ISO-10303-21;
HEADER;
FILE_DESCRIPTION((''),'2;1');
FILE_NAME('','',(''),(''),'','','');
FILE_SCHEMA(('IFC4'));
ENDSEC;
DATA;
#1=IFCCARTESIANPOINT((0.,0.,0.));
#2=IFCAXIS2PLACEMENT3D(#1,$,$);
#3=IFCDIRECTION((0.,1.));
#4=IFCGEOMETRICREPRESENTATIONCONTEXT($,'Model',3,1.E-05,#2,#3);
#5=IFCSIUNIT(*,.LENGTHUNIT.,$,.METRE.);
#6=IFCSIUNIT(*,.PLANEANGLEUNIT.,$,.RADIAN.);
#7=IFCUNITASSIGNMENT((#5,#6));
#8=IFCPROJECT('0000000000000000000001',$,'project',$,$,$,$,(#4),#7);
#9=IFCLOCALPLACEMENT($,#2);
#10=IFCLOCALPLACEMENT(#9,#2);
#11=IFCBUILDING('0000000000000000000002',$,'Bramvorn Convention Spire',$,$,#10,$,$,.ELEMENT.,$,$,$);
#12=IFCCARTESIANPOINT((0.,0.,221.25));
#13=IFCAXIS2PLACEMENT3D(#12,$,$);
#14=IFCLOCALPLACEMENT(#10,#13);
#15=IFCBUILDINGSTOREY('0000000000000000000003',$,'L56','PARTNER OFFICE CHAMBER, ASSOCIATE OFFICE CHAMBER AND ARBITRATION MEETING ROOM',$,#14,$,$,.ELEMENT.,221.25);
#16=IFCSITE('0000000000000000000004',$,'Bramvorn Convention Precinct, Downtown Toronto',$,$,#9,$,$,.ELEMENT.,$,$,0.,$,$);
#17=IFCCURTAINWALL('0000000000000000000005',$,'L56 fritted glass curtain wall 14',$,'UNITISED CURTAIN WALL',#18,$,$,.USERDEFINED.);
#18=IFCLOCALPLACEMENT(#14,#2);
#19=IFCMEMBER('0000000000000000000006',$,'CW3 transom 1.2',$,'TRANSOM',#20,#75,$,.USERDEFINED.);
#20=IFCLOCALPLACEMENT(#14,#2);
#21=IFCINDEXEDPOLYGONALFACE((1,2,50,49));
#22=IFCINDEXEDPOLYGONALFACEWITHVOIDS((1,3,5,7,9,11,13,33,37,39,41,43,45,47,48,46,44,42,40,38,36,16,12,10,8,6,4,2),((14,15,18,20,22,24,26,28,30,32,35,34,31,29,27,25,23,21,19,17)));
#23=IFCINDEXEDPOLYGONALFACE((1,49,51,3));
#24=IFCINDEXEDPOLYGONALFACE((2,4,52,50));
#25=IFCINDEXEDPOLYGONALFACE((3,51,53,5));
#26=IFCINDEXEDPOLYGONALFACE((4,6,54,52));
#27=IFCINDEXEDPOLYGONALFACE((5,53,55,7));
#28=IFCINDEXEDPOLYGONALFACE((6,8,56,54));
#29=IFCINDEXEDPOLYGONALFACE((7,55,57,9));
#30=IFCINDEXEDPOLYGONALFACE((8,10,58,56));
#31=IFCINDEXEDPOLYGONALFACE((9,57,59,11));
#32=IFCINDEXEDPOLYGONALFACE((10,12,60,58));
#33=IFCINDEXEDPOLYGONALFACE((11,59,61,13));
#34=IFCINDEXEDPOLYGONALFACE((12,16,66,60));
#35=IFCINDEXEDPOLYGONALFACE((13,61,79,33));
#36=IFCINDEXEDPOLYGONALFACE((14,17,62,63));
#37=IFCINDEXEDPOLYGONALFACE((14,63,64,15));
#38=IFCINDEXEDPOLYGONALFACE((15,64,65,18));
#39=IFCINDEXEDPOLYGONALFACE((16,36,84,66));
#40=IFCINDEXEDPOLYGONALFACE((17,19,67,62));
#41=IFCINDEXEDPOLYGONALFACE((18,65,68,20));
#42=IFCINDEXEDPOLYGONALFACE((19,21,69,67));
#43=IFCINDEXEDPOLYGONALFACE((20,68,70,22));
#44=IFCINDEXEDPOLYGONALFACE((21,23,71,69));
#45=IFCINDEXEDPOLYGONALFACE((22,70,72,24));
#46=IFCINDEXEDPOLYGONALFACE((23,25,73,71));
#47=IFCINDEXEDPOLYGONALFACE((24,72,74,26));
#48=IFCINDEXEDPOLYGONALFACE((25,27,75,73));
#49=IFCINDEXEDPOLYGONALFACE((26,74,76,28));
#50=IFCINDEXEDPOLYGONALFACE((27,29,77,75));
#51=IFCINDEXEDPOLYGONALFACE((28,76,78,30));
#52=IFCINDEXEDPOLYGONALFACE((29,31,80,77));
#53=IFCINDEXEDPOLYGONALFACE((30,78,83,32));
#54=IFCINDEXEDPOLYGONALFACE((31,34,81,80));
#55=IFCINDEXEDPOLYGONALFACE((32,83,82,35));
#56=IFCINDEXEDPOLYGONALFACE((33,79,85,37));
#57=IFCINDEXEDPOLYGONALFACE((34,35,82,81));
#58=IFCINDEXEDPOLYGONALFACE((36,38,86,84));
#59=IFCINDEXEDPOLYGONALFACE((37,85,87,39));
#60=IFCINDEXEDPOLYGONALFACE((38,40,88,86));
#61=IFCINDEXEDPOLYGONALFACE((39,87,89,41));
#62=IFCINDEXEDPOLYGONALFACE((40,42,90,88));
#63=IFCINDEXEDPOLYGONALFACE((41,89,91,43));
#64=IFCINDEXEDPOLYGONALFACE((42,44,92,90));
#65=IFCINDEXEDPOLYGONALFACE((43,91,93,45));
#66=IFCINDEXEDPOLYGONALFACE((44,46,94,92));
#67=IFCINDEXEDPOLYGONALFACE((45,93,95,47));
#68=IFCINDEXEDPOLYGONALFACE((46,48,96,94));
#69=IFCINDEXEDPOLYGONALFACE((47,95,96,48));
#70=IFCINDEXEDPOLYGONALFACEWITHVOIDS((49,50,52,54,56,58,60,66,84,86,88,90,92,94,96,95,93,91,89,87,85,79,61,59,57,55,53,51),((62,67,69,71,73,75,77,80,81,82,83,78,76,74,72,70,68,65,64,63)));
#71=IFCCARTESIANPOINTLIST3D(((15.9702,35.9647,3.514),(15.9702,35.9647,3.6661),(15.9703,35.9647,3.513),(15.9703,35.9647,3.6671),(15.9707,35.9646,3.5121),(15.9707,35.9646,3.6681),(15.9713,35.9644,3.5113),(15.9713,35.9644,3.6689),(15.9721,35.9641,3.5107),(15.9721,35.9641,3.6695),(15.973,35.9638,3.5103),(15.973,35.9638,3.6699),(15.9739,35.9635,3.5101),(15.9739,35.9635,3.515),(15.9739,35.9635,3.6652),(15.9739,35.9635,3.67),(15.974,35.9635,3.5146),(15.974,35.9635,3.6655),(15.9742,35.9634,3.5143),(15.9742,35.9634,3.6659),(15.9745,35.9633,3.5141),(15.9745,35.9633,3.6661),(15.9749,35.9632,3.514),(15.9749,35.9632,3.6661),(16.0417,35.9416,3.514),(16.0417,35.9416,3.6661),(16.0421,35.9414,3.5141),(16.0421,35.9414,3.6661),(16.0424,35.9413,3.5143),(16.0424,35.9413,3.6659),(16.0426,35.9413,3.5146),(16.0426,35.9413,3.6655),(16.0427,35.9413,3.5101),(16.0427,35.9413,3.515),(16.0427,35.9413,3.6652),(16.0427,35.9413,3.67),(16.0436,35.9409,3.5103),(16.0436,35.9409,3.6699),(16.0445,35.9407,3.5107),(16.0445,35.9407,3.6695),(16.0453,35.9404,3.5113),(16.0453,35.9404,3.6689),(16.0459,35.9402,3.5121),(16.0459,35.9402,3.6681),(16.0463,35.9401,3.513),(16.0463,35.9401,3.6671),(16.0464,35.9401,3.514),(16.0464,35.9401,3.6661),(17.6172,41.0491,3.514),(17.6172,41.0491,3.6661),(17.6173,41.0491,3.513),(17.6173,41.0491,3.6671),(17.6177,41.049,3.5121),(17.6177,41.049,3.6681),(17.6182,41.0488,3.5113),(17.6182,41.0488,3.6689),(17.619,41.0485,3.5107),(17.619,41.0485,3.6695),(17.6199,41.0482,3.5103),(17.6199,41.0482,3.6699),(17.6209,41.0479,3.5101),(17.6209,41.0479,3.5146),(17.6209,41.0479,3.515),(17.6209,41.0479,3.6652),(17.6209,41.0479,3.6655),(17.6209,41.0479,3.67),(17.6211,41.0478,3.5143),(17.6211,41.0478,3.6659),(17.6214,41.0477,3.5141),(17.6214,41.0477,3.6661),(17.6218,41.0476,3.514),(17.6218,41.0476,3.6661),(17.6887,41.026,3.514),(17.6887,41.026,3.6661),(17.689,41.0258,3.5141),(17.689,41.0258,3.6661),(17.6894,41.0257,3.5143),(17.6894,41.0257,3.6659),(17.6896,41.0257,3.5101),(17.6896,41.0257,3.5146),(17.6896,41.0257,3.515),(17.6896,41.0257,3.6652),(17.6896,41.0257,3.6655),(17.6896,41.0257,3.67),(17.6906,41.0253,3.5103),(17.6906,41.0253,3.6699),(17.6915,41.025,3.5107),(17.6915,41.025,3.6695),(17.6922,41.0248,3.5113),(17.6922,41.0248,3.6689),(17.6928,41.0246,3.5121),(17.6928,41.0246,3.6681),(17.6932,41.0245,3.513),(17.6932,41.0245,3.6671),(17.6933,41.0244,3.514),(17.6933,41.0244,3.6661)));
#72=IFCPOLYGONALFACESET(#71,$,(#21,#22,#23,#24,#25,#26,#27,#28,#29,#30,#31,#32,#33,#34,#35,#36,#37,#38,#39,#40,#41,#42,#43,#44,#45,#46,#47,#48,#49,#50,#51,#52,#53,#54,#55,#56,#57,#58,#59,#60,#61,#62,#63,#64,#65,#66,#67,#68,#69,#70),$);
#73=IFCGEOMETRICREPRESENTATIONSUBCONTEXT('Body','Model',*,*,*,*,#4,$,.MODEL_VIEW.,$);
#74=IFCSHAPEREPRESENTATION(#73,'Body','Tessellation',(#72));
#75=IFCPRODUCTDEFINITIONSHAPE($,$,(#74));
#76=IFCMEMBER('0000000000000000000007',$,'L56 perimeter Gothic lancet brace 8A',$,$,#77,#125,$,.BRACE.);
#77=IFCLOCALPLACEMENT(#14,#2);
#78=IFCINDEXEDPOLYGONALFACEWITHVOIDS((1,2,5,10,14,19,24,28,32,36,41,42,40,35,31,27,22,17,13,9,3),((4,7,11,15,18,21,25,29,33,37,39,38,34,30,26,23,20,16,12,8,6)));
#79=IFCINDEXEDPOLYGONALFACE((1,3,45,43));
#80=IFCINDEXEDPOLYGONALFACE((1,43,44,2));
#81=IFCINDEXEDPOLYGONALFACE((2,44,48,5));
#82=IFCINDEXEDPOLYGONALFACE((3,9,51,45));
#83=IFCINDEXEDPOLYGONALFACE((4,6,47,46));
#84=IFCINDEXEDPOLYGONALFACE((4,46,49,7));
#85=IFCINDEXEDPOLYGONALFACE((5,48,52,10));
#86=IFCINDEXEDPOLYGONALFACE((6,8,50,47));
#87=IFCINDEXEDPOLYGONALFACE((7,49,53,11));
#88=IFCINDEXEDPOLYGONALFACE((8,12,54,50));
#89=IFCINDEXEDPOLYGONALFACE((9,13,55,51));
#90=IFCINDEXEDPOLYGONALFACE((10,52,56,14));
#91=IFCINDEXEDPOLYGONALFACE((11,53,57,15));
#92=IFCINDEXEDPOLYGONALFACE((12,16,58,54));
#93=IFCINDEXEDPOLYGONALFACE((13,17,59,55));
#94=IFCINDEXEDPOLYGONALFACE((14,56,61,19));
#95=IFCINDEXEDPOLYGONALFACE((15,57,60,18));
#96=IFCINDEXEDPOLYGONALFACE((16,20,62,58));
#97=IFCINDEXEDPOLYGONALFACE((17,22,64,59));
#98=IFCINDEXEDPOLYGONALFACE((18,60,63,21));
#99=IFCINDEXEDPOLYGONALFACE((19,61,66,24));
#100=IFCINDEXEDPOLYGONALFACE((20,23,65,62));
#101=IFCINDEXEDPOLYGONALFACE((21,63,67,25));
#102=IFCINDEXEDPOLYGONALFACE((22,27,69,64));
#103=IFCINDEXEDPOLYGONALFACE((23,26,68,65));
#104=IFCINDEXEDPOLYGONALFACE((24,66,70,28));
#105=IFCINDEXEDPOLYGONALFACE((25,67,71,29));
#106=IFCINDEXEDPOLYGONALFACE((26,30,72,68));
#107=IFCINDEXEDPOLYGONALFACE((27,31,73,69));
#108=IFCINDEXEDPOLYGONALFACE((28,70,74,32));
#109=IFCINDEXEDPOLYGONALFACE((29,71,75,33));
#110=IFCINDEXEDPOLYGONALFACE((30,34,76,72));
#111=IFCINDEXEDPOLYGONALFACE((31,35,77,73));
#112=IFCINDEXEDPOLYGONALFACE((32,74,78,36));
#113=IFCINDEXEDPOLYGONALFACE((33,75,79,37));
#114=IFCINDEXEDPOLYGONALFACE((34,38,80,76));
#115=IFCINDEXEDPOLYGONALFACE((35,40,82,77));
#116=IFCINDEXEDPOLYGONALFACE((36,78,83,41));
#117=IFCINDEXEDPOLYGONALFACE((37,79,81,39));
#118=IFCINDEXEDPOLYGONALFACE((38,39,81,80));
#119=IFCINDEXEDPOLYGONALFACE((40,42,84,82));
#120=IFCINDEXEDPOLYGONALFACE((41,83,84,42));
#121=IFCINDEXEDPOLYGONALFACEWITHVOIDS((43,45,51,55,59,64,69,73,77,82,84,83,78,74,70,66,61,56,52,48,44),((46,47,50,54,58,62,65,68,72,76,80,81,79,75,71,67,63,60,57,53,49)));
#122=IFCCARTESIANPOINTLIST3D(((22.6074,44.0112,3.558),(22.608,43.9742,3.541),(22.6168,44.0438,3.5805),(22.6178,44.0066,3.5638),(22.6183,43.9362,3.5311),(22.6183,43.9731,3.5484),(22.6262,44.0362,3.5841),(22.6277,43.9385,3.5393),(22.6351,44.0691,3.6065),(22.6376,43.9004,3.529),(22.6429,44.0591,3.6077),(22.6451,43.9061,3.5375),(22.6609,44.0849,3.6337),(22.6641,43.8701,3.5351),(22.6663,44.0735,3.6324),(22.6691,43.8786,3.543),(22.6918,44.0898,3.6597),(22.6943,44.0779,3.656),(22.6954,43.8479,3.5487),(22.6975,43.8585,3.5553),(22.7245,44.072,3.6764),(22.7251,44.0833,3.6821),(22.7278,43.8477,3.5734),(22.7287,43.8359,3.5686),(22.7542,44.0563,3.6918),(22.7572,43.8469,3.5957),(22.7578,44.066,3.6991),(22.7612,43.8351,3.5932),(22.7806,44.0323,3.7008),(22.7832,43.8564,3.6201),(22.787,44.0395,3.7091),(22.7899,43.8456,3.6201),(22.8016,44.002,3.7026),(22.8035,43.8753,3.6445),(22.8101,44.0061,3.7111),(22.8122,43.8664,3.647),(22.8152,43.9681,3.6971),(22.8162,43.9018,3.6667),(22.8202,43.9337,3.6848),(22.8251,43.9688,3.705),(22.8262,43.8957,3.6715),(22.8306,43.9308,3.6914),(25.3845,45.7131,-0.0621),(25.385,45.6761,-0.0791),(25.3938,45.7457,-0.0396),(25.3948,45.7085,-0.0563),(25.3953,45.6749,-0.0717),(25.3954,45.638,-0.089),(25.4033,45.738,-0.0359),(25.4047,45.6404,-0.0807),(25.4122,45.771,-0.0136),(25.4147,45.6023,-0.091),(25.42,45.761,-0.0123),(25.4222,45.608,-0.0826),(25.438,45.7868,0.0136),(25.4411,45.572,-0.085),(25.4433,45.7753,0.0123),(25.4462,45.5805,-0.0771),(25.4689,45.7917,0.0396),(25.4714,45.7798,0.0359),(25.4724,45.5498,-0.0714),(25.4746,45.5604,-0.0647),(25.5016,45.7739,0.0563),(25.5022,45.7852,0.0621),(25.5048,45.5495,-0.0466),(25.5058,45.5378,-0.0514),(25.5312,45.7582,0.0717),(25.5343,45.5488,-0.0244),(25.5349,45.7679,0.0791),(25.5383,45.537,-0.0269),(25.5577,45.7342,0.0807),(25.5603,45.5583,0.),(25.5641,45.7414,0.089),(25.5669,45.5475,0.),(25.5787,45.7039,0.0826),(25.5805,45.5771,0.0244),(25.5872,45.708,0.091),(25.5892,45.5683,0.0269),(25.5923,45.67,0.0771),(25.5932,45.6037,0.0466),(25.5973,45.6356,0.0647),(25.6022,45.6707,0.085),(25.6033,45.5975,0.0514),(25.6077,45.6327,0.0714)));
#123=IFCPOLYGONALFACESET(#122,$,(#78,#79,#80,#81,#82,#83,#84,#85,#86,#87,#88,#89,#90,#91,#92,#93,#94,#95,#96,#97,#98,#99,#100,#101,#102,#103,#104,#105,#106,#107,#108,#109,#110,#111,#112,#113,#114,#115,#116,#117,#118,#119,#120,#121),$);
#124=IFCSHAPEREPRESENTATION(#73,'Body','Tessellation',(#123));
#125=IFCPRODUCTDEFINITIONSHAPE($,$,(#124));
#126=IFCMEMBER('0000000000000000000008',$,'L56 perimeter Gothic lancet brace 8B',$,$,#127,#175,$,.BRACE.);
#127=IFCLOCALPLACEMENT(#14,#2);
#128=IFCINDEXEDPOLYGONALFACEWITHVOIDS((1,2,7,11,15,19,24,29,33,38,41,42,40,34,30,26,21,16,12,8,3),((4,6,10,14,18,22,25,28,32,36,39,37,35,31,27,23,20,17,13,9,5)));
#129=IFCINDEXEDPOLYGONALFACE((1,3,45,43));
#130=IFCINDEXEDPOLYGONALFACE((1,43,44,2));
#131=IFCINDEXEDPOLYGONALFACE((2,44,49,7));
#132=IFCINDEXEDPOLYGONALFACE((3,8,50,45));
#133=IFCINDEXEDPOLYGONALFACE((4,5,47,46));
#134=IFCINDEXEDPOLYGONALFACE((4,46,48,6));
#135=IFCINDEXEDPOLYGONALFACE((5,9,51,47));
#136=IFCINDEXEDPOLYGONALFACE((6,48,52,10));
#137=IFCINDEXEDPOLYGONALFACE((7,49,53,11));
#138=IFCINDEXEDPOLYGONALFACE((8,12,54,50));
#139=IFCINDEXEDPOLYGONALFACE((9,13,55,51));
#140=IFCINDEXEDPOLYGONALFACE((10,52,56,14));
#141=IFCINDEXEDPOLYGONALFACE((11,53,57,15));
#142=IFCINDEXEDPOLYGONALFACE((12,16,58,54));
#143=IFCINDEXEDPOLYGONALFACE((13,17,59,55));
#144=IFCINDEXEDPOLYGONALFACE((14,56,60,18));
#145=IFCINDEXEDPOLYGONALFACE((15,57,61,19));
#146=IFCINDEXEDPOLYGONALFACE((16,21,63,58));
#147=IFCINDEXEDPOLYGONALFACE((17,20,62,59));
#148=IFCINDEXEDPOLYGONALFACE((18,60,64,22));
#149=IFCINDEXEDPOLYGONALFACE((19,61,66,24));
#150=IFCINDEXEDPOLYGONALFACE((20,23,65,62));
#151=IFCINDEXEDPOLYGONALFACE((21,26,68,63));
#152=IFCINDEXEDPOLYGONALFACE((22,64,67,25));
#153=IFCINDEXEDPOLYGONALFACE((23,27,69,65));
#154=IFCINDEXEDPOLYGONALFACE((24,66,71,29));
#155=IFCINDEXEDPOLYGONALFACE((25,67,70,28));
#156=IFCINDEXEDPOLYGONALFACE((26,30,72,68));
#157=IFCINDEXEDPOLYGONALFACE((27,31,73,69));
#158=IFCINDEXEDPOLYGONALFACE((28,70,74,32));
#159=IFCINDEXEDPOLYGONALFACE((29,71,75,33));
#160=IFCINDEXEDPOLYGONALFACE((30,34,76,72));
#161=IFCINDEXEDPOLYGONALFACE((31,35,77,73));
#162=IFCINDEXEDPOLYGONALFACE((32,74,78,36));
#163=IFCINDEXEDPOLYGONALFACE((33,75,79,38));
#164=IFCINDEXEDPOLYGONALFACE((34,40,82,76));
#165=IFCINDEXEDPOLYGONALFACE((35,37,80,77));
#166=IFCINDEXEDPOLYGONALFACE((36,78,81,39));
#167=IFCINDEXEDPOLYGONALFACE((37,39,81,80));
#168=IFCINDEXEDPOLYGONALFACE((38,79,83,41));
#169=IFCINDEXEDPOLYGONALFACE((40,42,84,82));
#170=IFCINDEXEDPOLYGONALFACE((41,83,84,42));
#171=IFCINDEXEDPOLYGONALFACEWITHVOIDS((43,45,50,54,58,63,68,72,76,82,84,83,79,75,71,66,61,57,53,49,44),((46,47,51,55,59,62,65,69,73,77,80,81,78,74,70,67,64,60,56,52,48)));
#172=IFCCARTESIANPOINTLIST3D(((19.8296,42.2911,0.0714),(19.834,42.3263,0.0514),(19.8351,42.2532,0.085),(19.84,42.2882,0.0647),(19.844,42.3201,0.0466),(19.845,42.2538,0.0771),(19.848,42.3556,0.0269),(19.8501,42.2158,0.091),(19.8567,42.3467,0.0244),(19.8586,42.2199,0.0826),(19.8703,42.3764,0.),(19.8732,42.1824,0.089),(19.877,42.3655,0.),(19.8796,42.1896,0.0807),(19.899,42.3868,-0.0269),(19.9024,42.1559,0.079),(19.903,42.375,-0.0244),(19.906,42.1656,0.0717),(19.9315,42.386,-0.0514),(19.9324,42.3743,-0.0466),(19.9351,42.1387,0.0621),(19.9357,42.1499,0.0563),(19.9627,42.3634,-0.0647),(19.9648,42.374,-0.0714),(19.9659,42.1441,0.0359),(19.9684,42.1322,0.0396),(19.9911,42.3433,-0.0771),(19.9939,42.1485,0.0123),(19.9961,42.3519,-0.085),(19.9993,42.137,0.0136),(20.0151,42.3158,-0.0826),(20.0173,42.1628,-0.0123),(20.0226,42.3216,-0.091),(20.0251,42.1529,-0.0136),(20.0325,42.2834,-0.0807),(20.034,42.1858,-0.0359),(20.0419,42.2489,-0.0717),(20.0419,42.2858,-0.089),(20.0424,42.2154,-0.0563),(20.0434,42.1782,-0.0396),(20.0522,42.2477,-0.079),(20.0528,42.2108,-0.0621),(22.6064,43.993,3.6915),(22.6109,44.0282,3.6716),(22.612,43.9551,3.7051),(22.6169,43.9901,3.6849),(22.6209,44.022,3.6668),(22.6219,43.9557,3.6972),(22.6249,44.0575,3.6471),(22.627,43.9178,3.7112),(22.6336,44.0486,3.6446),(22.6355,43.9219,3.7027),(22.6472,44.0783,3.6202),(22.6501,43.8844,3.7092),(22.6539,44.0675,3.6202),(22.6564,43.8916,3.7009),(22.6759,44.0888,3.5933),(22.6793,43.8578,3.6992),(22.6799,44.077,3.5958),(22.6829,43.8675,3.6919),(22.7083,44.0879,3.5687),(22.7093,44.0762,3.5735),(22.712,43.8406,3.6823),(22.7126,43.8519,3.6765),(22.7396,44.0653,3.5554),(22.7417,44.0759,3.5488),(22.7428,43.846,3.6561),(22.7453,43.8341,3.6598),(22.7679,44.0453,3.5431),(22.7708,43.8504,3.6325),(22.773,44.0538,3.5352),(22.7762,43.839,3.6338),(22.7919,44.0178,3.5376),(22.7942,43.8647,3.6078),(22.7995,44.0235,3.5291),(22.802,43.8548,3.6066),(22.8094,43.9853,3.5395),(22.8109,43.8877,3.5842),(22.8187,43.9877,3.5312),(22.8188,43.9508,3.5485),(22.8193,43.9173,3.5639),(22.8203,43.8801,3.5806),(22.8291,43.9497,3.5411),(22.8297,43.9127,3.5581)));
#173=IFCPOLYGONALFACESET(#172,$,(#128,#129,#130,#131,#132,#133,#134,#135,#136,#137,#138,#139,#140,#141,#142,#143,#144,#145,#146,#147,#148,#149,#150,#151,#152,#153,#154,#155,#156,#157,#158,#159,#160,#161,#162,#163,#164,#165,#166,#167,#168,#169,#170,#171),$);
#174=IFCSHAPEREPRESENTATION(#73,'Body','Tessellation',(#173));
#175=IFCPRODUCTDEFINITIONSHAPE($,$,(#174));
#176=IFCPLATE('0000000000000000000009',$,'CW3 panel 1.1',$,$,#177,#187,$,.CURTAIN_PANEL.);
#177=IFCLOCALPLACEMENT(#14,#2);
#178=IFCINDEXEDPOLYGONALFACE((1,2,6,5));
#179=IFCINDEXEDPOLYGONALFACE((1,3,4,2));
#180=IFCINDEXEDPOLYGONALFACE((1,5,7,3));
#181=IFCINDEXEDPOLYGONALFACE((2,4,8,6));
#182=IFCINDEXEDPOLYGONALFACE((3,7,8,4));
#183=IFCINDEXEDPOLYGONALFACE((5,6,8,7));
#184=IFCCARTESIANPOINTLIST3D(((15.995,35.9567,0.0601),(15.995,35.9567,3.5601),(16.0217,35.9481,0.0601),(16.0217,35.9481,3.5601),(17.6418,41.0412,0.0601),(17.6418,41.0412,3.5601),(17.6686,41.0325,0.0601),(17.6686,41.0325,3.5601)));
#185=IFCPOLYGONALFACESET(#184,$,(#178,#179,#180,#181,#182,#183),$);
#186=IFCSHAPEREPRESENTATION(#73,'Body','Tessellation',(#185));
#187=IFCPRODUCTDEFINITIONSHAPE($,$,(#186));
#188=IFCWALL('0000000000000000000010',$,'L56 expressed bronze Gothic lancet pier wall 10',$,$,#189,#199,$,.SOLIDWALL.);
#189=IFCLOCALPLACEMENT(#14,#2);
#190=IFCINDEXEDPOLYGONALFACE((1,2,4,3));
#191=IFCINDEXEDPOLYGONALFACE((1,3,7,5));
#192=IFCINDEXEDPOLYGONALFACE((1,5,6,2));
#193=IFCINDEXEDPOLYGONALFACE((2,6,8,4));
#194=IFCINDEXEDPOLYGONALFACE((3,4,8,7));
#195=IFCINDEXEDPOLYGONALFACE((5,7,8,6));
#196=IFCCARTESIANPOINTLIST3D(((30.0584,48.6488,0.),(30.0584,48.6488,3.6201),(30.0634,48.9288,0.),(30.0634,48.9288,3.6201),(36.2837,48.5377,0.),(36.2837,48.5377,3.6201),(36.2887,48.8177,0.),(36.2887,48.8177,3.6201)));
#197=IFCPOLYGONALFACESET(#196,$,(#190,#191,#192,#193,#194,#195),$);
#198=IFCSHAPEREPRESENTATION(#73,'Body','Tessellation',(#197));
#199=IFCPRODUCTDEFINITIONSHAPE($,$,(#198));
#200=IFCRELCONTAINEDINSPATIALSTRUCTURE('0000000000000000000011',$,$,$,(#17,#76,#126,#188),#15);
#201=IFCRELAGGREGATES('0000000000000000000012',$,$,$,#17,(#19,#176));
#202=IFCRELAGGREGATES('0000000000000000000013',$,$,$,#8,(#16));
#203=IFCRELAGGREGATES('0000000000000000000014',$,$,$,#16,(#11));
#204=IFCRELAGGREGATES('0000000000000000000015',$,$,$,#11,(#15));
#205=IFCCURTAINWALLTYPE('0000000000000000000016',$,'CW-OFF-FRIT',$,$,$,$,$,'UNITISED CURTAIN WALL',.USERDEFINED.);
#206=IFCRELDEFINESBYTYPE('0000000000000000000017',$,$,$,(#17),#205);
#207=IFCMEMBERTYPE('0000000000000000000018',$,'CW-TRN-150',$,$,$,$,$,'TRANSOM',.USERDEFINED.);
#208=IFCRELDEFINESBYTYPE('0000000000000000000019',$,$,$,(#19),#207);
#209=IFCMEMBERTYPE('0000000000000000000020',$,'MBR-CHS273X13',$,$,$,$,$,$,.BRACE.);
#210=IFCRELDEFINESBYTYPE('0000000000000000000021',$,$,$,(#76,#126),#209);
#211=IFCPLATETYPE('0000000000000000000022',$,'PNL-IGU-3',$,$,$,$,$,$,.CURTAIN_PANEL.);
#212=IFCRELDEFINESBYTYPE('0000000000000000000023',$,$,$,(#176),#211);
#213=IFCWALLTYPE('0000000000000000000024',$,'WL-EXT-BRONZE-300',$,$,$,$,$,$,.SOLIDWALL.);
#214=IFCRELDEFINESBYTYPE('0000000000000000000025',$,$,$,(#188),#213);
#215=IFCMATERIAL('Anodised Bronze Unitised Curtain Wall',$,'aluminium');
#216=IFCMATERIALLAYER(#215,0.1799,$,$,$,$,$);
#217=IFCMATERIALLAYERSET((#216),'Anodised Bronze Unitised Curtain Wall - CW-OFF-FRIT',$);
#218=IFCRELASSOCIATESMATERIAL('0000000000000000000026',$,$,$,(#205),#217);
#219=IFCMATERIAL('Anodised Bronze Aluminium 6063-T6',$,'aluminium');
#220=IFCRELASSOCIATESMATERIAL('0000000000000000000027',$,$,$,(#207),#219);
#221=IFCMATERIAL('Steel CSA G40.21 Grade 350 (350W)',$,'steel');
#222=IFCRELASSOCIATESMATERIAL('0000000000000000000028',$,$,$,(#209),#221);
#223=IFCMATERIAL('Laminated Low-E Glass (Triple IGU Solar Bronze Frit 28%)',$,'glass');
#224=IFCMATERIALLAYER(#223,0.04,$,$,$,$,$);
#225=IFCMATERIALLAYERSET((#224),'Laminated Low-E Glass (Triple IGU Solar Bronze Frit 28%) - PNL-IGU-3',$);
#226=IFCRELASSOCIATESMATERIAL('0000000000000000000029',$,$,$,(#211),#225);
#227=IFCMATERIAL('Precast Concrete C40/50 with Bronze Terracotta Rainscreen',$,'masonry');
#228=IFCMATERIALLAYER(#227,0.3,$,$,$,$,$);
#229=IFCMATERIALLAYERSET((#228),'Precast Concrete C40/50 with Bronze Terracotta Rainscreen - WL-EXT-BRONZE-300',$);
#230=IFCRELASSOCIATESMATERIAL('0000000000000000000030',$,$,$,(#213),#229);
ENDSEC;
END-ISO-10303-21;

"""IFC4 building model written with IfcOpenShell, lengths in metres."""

from ifc_helpers import new_model, si_unit, direction, frame, frame_2d, origin, origin_2d, place, context, subcontext, project, spatial, rectangle, hollow_rectangle, hollow_circle, extrude, material, layer, layer_set, material_profile, profile_set, type_object, element, aggregate, save


model = new_model("IFC4")

# Units and contexts
model_context = context("Model", 3, precision=1e-05, world=origin(), true_north=direction((0.0, 1.0)))
body_context = subcontext(model_context, "Body", "Model", "MODEL_VIEW")
ifc_project = project(units=[si_unit("LENGTHUNIT", "METRE"), si_unit("PLANEANGLEUNIT", "RADIAN")], contexts=[model_context])

# Site, building, storey
site_placement = place(None, origin())
site = spatial("IfcSite", under=ifc_project, at=site_placement, Name="Bramvorn Convention Precinct, Downtown Toronto", CompositionType="ELEMENT", RefElevation=0.0)
building_placement = place(site_placement, origin())
building = spatial("IfcBuilding", under=site, at=building_placement, Name="Bramvorn Convention Spire", CompositionType="ELEMENT")
storey_placement = place(building_placement, frame((0.0, 0.0, 221.25)))
storey = spatial("IfcBuildingStorey", under=building, at=storey_placement, Name="L56", Description="PARTNER OFFICE CHAMBER, ASSOCIATE OFFICE CHAMBER AND ARBITRATION MEETING ROOM", CompositionType="ELEMENT", Elevation=221.25)

# Shared definitions
ifc_material_1 = material(Name="Steel CSA G40.21 Grade 350 (350W)", Category="steel")

# Curtain wall
ifc_material_2 = material(Name="Anodised Bronze Unitised Curtain Wall", Category="aluminium")
ifc_layer_1 = layer(ifc_material_2, 0.1799)
ifc_layer_set_1 = layer_set([ifc_layer_1], Name="Anodised Bronze Unitised Curtain Wall - CW-OFF-FRIT")
curtain_wall_type = type_object("IfcCurtainWallType", Name="CW-OFF-FRIT", ElementType="UNITISED CURTAIN WALL", PredefinedType="USERDEFINED", material=ifc_layer_set_1)
curtain_wall_1_placement = place(storey_placement, origin())
curtain_wall_1 = element("IfcCurtainWall", 1, at=curtain_wall_1_placement, inside=storey, type_object=curtain_wall_type, Name="L56 fritted glass curtain wall 14", ObjectType="UNITISED CURTAIN WALL", PredefinedType="USERDEFINED")
ifc_material_3 = material(Name="Anodised Bronze Aluminium 6063-T6", Category="aluminium")

# Member
ifc_material_profile_1 = material_profile(ifc_material_3, hollow_rectangle(XDim=0.0801, YDim=0.1599, WallThickness=0.0039, InnerFilletRadius=0.001, OuterFilletRadius=0.0039, at=origin_2d()))
ifc_profile_set_1 = profile_set([ifc_material_profile_1], Name="Anodised Bronze Aluminium 6063-T6 - CWT80X160")
member_type_1 = type_object("IfcMemberType", Name="CW-TRN-150", ElementType="TRANSOM", PredefinedType="USERDEFINED", material=ifc_profile_set_1)
member_1_placement = place(storey_placement, frame((16.0083, 35.9524, 3.5901), z_axis=(0.308158, 0.951335, 0.0), x_axis=(-0.951335, 0.308158, 0.0)))
member_1 = element("IfcMember", 2, at=member_1_placement, type_object=member_type_1, Name="CW3 transom 1.2", ObjectType="TRANSOM", PredefinedType="USERDEFINED", context=body_context, shape_type="SweptSolid", body=[
    extrude(hollow_rectangle(XDim=0.0801, YDim=0.1599, WallThickness=0.0039, InnerFilletRadius=0.001, OuterFilletRadius=0.0039, at=origin_2d()), origin(), (0.0, 0.0, 1.0), 5.3445),
])

# Members
ifc_material_profile_2 = material_profile(ifc_material_1, hollow_circle(Radius=0.1365, WallThickness=0.0127, at=origin_2d()))
ifc_profile_set_2 = profile_set([ifc_material_profile_2], Name="Steel CSA G40.21 Grade 350 (350W) - CHS273X13")
member_type_2 = type_object("IfcMemberType", Name="MBR-CHS273X13", PredefinedType="BRACE", material=ifc_profile_set_2)
for number, where, z_axis, x_axis, name in (
    (3, (25.4956, 45.6638, 0.0), (-0.570281, -0.349488, 0.743396), (0.52252, -0.852627, 0.0), "L56 perimeter Gothic lancet brace 8A"),
    (4, (19.9417, 42.26, 0.0), (0.570247, 0.349498, 0.743417), (-0.522553, 0.852607, 0.0), "L56 perimeter Gothic lancet brace 8B"),
):
    element("IfcMember", number, at=place(storey_placement, frame(where, z_axis=z_axis, x_axis=x_axis)), inside=storey, type_object=member_type_2, Name=name, PredefinedType="BRACE", context=body_context, shape_type="SweptSolid", body=[
        extrude(hollow_circle(Radius=0.1365, WallThickness=0.0127, at=origin_2d()), origin(), (0.0, 0.0, 1.0), 4.8696),
    ])

# Plate
ifc_material_4 = material(Name="Laminated Low-E Glass (Triple IGU Solar Bronze Frit 28%)", Category="glass")
ifc_layer_2 = layer(ifc_material_4, 0.04)
ifc_layer_set_2 = layer_set([ifc_layer_2], Name="Laminated Low-E Glass (Triple IGU Solar Bronze Frit 28%) - PNL-IGU-3")
plate_type = type_object("IfcPlateType", Name="PNL-IGU-3", PredefinedType="CURTAIN_PANEL", material=ifc_layer_set_2)
plate_placement = place(storey_placement, frame((16.8318, 38.4946, 0.0601), z_axis=(0.0, 0.0, 1.0), x_axis=(0.308135, 0.951343, 0.0)))
plate = element("IfcPlate", 5, at=plate_placement, type_object=plate_type, Name="CW3 panel 1.1", PredefinedType="CURTAIN_PANEL", context=body_context, shape_type="SweptSolid", body=[
    extrude(rectangle(XDim=5.3445, YDim=0.0281, at=origin_2d()), origin(), (0.0, 0.0, 1.0), 3.5),
])
aggregate(curtain_wall_1, [member_1, plate])

# Wall
ifc_material_5 = material(Name="Precast Concrete C40/50 with Bronze Terracotta Rainscreen", Category="masonry")
ifc_layer_3 = layer(ifc_material_5, 0.3)
ifc_layer_set_3 = layer_set([ifc_layer_3], Name="Precast Concrete C40/50 with Bronze Terracotta Rainscreen - WL-EXT-BRONZE-300")
wall_type_1 = type_object("IfcWallType", Name="WL-EXT-BRONZE-300", PredefinedType="SOLIDWALL", material=ifc_layer_set_3)
wall_1_placement = place(storey_placement, frame((30.0608, 48.7888, 0.0), z_axis=(0.0, 0.0, 1.0), x_axis=(0.999841, -0.017841, 0.0)))
element("IfcWall", 6, at=wall_1_placement, inside=storey, type_object=wall_type_1, Name="L56 expressed bronze Gothic lancet pier wall 10", PredefinedType="SOLIDWALL", context=body_context, shape_type="SweptSolid", body=[
    extrude(rectangle(XDim=6.2263, YDim=0.28, at=frame_2d((3.1133, 0.0))), origin(), (0.0, 0.0, 1.0), 3.6201),
])

save(model, "model.ifc")
